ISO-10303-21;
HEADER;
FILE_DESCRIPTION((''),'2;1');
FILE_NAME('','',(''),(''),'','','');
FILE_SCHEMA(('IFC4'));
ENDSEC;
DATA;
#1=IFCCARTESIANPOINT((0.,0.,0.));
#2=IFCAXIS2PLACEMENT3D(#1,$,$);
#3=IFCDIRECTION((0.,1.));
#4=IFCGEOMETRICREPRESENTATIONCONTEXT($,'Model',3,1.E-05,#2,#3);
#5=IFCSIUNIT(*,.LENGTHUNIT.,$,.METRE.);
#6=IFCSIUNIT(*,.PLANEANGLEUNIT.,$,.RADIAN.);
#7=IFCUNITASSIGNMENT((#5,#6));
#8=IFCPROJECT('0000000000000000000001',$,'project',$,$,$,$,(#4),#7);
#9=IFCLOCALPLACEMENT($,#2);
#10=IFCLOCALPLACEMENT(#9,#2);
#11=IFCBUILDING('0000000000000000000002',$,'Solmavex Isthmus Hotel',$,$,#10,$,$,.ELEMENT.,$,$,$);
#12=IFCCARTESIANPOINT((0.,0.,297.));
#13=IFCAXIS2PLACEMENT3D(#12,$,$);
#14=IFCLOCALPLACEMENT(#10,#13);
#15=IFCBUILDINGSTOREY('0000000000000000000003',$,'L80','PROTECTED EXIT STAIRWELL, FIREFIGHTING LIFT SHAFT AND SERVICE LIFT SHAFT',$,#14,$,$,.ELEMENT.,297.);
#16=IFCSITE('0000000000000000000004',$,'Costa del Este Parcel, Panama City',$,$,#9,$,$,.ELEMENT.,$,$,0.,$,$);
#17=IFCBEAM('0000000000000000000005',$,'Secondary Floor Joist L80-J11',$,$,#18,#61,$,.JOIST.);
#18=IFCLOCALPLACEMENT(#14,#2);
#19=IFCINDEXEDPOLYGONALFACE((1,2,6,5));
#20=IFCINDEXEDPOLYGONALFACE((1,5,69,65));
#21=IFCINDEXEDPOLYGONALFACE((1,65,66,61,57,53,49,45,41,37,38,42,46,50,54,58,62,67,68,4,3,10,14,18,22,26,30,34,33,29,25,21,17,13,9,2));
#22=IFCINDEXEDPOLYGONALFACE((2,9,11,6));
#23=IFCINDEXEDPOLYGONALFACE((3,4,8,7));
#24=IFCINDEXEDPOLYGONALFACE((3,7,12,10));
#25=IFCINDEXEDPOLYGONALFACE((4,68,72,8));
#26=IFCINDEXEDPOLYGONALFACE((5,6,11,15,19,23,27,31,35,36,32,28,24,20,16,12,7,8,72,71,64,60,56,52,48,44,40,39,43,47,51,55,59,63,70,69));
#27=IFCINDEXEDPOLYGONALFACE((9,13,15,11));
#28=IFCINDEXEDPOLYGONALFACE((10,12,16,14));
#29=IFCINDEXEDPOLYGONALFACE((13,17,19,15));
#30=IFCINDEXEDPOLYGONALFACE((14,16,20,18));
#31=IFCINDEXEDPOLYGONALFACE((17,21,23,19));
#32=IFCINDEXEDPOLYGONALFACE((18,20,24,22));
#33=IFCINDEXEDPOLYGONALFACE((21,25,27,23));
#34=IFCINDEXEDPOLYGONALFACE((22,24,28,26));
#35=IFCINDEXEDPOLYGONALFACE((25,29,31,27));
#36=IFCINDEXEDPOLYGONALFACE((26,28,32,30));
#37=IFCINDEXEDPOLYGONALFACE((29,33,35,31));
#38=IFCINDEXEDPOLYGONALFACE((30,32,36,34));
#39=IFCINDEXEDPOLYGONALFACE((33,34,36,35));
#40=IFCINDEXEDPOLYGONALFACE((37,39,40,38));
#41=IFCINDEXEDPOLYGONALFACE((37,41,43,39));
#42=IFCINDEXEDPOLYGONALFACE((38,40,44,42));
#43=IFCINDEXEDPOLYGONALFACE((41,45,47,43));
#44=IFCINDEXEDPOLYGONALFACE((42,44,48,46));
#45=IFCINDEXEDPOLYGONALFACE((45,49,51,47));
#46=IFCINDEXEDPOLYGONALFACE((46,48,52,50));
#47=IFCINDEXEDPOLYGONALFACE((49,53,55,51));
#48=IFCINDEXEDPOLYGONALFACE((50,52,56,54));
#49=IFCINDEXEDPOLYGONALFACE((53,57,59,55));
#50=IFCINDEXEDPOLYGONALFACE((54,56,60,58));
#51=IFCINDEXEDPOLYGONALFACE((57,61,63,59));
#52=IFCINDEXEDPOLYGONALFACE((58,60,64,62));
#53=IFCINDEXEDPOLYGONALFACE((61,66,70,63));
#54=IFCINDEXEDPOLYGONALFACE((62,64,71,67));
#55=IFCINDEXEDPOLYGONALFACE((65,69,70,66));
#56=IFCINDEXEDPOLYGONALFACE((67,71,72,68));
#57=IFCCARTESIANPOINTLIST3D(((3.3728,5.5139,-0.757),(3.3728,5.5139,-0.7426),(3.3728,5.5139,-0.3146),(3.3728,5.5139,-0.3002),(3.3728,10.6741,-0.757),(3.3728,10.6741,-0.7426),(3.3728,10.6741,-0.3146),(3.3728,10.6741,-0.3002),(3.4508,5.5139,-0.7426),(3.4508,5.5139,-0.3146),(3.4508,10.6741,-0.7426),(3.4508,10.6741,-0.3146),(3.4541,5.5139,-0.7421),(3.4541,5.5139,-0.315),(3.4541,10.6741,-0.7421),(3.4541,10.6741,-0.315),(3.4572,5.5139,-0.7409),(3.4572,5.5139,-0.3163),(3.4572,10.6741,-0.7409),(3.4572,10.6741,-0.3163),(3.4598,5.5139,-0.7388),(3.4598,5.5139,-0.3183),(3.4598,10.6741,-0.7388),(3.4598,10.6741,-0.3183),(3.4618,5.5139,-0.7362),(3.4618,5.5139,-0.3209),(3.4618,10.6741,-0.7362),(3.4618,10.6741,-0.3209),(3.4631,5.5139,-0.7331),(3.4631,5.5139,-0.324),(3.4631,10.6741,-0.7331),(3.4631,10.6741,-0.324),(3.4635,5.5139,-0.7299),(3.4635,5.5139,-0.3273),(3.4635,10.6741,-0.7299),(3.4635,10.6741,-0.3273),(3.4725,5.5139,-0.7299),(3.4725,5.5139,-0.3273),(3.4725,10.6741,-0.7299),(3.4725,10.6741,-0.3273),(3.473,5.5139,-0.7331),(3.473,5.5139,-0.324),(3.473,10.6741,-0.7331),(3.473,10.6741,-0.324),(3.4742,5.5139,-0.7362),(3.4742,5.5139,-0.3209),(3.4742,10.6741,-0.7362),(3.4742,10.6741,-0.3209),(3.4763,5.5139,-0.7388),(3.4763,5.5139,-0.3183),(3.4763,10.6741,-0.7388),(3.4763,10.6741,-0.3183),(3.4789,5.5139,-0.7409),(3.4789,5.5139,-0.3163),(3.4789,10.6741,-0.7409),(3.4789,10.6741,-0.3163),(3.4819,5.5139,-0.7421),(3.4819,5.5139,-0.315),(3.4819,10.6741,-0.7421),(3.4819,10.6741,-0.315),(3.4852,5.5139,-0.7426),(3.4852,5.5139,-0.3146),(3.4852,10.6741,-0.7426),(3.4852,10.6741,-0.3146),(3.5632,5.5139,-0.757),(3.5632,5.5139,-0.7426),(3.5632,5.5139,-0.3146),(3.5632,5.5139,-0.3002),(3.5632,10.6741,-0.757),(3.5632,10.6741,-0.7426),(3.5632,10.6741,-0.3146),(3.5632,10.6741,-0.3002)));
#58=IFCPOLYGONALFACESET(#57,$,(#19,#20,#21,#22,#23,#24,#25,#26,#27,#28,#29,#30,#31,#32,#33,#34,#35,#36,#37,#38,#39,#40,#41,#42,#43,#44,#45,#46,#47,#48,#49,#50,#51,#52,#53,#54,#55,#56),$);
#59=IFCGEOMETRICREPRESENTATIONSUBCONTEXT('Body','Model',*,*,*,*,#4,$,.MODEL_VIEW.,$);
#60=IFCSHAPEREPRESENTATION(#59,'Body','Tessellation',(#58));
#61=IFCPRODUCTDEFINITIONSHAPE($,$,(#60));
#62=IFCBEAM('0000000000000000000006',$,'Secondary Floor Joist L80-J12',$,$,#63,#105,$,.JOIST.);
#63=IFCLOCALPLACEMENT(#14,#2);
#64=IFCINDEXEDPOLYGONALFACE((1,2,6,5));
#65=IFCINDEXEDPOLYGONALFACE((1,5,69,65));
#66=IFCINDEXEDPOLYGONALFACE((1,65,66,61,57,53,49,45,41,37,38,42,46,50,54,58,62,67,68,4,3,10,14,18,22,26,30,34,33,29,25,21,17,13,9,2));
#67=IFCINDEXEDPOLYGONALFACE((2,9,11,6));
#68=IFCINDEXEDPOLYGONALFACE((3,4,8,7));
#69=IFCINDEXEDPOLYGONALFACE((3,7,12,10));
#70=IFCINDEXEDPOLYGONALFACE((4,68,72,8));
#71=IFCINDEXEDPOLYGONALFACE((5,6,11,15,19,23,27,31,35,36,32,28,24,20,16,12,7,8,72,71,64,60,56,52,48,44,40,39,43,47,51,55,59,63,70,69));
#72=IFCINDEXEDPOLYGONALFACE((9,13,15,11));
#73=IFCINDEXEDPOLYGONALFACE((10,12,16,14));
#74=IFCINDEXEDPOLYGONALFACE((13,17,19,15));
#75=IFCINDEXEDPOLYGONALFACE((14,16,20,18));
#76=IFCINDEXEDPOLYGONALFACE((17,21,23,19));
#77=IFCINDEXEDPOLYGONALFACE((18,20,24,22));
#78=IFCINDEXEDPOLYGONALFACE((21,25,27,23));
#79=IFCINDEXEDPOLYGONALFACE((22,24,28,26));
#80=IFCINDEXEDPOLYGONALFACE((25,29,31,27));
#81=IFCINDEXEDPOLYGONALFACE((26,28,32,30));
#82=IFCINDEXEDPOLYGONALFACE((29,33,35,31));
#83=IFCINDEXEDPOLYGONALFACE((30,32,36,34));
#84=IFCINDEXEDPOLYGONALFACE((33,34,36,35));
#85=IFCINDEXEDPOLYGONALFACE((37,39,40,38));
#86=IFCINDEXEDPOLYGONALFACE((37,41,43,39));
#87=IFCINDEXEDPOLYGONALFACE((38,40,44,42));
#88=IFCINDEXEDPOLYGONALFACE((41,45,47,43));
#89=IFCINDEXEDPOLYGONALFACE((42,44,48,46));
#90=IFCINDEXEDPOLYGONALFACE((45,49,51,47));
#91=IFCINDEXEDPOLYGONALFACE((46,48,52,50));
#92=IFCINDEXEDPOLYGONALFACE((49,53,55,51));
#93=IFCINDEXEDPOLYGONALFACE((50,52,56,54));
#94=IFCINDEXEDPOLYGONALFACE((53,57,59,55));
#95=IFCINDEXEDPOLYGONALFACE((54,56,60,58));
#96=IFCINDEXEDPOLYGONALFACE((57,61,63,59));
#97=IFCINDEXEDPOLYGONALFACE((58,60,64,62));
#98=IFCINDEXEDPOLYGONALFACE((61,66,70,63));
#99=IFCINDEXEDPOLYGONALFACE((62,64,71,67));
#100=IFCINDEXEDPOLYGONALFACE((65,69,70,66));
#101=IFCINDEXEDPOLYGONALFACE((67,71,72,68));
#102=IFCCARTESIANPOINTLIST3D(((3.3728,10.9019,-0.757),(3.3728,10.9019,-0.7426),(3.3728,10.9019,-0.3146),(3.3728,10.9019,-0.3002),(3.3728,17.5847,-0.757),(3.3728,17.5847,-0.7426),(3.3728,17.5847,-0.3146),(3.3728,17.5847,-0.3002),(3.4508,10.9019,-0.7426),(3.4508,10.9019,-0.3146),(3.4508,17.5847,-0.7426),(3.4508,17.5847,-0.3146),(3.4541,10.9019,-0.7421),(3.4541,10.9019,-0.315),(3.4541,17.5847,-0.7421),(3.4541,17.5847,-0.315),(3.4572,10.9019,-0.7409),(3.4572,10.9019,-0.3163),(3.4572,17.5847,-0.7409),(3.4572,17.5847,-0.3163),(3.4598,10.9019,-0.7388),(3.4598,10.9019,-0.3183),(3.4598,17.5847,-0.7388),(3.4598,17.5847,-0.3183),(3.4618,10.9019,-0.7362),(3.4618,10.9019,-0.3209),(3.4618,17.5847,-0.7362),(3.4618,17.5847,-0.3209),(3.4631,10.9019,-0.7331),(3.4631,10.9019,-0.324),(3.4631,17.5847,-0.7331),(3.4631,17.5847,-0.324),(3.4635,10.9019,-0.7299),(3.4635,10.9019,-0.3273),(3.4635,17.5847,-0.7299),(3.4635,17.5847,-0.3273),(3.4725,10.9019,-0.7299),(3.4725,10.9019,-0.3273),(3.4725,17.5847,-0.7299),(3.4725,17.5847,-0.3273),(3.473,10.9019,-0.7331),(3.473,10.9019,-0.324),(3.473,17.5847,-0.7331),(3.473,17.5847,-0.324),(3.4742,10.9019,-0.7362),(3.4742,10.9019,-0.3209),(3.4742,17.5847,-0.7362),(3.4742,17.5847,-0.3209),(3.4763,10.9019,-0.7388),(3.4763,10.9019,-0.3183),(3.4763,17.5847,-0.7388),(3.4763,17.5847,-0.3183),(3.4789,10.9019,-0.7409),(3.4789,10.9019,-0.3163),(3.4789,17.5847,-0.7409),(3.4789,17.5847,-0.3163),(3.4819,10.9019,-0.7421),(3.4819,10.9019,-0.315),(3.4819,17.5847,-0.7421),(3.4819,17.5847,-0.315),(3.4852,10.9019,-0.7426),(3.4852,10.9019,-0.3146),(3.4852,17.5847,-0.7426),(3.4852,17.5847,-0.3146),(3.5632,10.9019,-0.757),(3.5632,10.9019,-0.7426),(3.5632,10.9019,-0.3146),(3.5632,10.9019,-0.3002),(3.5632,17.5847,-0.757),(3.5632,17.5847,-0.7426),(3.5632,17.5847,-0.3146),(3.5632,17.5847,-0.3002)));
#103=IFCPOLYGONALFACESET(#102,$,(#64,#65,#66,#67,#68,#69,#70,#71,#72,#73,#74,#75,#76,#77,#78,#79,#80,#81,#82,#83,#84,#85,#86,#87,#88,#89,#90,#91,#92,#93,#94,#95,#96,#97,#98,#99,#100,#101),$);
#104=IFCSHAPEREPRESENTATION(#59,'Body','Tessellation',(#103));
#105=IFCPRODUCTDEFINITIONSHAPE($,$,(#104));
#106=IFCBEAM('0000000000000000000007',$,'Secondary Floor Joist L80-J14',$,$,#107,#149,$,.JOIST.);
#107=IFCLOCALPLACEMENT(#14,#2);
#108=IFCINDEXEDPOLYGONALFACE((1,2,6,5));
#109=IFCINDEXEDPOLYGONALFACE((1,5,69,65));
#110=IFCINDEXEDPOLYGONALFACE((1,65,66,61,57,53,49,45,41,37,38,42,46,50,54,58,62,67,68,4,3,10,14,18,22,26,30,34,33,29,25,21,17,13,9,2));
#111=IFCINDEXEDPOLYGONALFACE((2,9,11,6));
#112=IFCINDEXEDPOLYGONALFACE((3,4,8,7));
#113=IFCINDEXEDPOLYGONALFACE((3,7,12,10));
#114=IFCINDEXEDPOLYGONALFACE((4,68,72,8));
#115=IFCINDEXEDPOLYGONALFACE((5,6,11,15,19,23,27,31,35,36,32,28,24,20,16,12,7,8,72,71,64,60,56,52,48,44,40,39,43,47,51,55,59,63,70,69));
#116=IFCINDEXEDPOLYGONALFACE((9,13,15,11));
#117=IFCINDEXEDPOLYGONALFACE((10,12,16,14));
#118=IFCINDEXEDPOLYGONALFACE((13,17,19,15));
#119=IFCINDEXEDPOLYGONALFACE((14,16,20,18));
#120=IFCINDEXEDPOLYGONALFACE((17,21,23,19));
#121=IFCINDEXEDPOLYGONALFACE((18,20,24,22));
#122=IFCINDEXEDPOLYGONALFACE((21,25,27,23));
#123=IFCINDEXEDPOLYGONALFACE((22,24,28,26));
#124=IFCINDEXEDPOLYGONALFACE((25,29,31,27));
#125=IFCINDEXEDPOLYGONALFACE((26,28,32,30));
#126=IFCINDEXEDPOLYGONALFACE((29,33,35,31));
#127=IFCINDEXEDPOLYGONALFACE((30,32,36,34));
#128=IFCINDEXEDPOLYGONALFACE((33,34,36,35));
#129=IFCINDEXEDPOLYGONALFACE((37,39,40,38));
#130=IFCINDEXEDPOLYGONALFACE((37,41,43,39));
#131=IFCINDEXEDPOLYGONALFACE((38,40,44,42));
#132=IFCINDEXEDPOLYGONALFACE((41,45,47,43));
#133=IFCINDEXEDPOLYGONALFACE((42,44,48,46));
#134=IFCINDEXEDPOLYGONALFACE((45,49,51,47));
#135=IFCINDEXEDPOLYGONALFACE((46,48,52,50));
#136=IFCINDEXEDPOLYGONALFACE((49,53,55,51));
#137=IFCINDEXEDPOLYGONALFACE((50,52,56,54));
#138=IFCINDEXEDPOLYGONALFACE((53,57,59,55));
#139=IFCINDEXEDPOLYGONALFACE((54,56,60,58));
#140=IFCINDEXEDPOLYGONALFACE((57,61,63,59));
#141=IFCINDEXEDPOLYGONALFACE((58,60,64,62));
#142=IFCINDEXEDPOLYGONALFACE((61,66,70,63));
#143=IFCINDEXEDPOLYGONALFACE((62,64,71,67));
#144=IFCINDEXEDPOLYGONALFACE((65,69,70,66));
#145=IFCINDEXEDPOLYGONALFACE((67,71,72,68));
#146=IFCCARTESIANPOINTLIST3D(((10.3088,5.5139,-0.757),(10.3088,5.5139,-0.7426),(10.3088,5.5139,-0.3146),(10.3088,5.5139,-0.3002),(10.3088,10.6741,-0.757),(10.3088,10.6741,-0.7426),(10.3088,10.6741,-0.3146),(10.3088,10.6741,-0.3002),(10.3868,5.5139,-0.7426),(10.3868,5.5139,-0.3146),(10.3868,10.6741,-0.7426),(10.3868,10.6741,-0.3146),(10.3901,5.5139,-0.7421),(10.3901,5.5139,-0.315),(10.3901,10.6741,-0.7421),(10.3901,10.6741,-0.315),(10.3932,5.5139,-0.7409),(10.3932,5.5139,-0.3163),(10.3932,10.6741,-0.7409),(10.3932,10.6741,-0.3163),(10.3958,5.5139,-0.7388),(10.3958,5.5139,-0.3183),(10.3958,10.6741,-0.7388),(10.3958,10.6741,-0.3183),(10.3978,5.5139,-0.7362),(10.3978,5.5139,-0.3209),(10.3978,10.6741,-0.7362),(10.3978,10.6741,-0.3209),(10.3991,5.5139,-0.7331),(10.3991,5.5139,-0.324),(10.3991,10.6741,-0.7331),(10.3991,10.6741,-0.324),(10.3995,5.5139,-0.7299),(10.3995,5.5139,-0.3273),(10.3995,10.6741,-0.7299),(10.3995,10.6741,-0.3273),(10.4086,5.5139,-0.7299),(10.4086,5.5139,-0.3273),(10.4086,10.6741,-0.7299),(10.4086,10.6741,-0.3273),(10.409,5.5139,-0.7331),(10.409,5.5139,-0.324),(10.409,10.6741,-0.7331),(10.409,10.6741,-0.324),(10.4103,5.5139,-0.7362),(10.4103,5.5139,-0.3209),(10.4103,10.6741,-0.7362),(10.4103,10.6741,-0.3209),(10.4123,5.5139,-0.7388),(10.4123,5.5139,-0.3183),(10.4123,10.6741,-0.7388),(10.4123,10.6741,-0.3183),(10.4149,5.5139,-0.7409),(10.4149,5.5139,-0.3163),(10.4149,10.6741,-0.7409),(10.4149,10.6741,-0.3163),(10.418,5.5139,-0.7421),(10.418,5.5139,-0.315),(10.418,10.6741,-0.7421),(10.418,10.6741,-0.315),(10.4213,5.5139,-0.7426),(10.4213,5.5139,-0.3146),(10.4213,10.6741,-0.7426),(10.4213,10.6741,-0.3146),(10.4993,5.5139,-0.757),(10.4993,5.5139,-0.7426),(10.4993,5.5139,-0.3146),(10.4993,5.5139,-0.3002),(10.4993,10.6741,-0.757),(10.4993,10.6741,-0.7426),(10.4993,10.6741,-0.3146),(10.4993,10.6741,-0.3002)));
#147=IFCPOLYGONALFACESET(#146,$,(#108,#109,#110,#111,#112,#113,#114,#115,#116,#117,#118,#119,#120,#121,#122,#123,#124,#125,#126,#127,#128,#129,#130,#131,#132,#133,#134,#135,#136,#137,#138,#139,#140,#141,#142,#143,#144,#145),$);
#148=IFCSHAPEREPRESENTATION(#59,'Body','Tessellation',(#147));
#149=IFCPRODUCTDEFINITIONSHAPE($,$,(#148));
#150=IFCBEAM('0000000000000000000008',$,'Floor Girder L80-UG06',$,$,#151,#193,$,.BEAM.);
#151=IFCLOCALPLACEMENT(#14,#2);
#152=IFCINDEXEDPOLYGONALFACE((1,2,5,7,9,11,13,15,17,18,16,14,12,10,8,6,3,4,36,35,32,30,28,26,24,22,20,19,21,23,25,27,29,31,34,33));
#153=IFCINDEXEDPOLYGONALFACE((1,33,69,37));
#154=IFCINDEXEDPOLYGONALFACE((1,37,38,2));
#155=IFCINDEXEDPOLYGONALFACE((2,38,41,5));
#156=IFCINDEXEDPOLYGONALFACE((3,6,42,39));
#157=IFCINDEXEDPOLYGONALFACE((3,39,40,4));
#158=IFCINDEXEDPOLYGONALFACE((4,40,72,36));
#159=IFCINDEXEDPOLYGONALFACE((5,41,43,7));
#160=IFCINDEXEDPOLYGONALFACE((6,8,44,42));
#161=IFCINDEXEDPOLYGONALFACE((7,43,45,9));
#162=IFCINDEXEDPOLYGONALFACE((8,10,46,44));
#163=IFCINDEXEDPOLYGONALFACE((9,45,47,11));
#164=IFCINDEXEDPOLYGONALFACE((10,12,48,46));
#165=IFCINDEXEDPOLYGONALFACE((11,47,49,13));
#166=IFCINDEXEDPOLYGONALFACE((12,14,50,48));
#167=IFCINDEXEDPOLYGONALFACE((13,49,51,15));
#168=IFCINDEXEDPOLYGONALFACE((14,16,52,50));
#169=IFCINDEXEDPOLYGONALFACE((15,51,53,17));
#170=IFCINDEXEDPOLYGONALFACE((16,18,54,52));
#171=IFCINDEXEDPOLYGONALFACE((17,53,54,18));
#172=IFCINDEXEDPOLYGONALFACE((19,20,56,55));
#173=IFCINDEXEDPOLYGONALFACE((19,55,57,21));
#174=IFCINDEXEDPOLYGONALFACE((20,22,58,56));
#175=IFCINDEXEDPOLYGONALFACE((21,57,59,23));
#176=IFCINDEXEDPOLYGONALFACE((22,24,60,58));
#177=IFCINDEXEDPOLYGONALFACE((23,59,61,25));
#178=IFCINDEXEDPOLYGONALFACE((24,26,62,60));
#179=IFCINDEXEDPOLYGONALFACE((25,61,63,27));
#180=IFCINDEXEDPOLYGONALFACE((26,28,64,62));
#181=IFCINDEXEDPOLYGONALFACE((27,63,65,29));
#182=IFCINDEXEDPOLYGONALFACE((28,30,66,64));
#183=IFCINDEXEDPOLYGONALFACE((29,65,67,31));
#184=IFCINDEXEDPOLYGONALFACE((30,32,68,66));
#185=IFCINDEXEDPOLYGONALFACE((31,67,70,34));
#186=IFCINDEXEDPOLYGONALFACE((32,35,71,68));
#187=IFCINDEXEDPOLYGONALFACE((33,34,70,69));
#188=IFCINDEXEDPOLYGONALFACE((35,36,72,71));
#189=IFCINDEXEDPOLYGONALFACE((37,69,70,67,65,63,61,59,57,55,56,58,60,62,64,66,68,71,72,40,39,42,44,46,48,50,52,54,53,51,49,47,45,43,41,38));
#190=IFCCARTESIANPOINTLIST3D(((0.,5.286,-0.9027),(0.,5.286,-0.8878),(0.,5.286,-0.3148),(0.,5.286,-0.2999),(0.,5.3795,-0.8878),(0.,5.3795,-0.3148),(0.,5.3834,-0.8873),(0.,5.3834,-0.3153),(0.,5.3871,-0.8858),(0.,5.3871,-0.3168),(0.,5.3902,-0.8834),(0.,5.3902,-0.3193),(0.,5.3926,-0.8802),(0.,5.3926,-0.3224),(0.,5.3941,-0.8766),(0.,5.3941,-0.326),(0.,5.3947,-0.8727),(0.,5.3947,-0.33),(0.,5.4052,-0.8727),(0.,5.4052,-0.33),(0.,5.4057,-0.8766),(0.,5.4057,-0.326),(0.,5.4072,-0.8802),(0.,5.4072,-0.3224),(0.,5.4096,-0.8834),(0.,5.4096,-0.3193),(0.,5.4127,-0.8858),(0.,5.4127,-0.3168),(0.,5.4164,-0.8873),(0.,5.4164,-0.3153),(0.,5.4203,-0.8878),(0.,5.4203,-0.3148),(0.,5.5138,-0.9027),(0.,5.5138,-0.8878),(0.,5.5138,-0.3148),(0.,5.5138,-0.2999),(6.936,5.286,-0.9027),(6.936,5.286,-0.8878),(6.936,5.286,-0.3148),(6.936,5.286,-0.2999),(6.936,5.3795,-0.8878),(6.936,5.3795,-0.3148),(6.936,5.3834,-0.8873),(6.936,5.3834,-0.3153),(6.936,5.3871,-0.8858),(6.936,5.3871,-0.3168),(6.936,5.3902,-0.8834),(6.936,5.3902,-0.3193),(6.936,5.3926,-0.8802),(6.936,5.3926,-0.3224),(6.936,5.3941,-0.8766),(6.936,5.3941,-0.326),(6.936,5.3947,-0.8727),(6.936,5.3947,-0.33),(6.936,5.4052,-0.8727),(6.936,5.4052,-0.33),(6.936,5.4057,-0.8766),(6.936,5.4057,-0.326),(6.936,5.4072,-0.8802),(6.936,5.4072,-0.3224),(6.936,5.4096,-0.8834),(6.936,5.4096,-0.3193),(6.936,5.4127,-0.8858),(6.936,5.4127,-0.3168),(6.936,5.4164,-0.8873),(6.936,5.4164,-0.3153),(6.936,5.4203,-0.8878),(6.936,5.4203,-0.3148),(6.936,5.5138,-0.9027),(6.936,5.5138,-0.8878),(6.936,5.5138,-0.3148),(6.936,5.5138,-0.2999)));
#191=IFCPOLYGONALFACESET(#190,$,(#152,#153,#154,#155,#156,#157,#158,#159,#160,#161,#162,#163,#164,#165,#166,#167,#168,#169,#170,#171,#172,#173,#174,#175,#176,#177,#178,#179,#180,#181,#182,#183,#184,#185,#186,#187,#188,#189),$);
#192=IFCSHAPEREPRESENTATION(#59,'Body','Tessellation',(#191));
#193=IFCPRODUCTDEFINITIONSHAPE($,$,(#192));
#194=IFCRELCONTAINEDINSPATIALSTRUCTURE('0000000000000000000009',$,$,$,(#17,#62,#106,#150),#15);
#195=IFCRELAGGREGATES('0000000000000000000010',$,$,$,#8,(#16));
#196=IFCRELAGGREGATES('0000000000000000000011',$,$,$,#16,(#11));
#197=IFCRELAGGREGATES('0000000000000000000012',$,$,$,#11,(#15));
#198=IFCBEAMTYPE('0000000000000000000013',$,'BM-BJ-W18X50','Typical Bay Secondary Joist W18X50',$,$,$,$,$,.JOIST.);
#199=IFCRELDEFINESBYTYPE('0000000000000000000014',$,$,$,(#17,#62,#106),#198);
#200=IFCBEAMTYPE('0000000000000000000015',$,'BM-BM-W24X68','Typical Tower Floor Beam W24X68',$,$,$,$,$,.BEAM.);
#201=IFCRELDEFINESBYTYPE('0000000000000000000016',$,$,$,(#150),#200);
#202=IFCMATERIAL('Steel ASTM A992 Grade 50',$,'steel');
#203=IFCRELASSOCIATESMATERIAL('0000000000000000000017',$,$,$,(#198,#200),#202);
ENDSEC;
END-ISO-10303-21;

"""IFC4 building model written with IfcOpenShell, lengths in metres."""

from ifc_helpers import new_model, si_unit, direction, frame, origin, origin_2d, place, context, subcontext, project, spatial, i_section, extrude, material, material_profile, profile_set, type_object, element, save


model = new_model("IFC4")

# Units and contexts
model_context = context("Model", 3, precision=1e-05, world=origin(), true_north=direction((0.0, 1.0)))
body_context = subcontext(model_context, "Body", "Model", "MODEL_VIEW")
ifc_project = project(units=[si_unit("LENGTHUNIT", "METRE"), si_unit("PLANEANGLEUNIT", "RADIAN")], contexts=[model_context])

# Site, building, storey
site_placement = place(None, origin())
site = spatial("IfcSite", under=ifc_project, at=site_placement, Name="Costa del Este Parcel, Panama City", CompositionType="ELEMENT", RefElevation=0.0)
building_placement = place(site_placement, origin())
building = spatial("IfcBuilding", under=site, at=building_placement, Name="Solmavex Isthmus Hotel", CompositionType="ELEMENT")
storey_placement = place(building_placement, frame((0.0, 0.0, 297.0)))
storey = spatial("IfcBuildingStorey", under=building, at=storey_placement, Name="L80", Description="PROTECTED EXIT STAIRWELL, FIREFIGHTING LIFT SHAFT AND SERVICE LIFT SHAFT", CompositionType="ELEMENT", Elevation=297.0)

# Beams
ifc_material_1 = material(Name="Steel ASTM A992 Grade 50", Category="steel")
ifc_material_profile_1 = material_profile(ifc_material_1, i_section(OverallWidth=0.1904, OverallDepth=0.4568, WebThickness=0.009, FlangeThickness=0.0144, FilletRadius=0.0127, at=origin_2d()), Name="W18X50")
ifc_profile_set_1 = profile_set([ifc_material_profile_1], Name="Steel ASTM A992 Grade 50")
beam_type_1 = type_object("IfcBeamType", Name="BM-BJ-W18X50", Description="Typical Bay Secondary Joist W18X50", PredefinedType="JOIST", material=ifc_profile_set_1)
beam_1_placement = place(storey_placement, frame((3.468, 5.5139, -0.5286), z_axis=(0.0, 1.0, 0.0), x_axis=(-1.0, 0.0, 0.0)))
element("IfcBeam", 1, at=beam_1_placement, inside=storey, type_object=beam_type_1, Name="Secondary Floor Joist L80-J11", PredefinedType="JOIST", context=body_context, shape_type="SweptSolid", body=[
    extrude(i_section(OverallWidth=0.1904, OverallDepth=0.4568, WebThickness=0.009, FlangeThickness=0.0144, FilletRadius=0.0127, at=origin_2d()), origin(), (0.0, 0.0, 1.0), 5.1602),
])
beam_2_placement = place(storey_placement, frame((3.468, 10.9019, -0.5286), z_axis=(0.0, 1.0, 0.0), x_axis=(-1.0, 0.0, 0.0)))
element("IfcBeam", 2, at=beam_2_placement, inside=storey, type_object=beam_type_1, Name="Secondary Floor Joist L80-J12", PredefinedType="JOIST", context=body_context, shape_type="SweptSolid", body=[
    extrude(i_section(OverallWidth=0.1904, OverallDepth=0.4568, WebThickness=0.009, FlangeThickness=0.0144, FilletRadius=0.0127, at=origin_2d()), origin(), (0.0, 0.0, 1.0), 6.6829),
])
beam_3_placement = place(storey_placement, frame((10.4041, 5.5139, -0.5286), z_axis=(0.0, 1.0, 0.0), x_axis=(-1.0, 0.0, 0.0)))
element("IfcBeam", 3, at=beam_3_placement, inside=storey, type_object=beam_type_1, Name="Secondary Floor Joist L80-J14", PredefinedType="JOIST", context=body_context, shape_type="SweptSolid", body=[
    extrude(i_section(OverallWidth=0.1904, OverallDepth=0.4568, WebThickness=0.009, FlangeThickness=0.0144, FilletRadius=0.0127, at=origin_2d()), origin(), (0.0, 0.0, 1.0), 5.1602),
])
ifc_material_profile_2 = material_profile(ifc_material_1, i_section(OverallWidth=0.2278, OverallDepth=0.6028, WebThickness=0.0105, FlangeThickness=0.0149, FilletRadius=0.0151, at=origin_2d()), Name="W24X68")
ifc_profile_set_2 = profile_set([ifc_material_profile_2], Name="Steel ASTM A992 Grade 50")
beam_type_2 = type_object("IfcBeamType", Name="BM-BM-W24X68", Description="Typical Tower Floor Beam W24X68", PredefinedType="BEAM", material=ifc_profile_set_2)
for number, where, z_axis, x_axis, name in (
    (4, (0.0, 5.3999, -0.6013), (1.0, 0.0, 0.0), (0.0, 1.0, 0.0), "Floor Girder L80-UG06"),
):
    element("IfcBeam", number, at=place(storey_placement, frame(where, z_axis=z_axis, x_axis=x_axis)), inside=storey, type_object=beam_type_2, Name=name, PredefinedType="BEAM", context=body_context, shape_type="SweptSolid", body=[
        extrude(i_section(OverallWidth=0.2278, OverallDepth=0.6028, WebThickness=0.0105, FlangeThickness=0.0149, FilletRadius=0.0151, at=origin_2d()), origin(), (0.0, 0.0, 1.0), 6.936),
    ])

save(model, "model.ifc")
